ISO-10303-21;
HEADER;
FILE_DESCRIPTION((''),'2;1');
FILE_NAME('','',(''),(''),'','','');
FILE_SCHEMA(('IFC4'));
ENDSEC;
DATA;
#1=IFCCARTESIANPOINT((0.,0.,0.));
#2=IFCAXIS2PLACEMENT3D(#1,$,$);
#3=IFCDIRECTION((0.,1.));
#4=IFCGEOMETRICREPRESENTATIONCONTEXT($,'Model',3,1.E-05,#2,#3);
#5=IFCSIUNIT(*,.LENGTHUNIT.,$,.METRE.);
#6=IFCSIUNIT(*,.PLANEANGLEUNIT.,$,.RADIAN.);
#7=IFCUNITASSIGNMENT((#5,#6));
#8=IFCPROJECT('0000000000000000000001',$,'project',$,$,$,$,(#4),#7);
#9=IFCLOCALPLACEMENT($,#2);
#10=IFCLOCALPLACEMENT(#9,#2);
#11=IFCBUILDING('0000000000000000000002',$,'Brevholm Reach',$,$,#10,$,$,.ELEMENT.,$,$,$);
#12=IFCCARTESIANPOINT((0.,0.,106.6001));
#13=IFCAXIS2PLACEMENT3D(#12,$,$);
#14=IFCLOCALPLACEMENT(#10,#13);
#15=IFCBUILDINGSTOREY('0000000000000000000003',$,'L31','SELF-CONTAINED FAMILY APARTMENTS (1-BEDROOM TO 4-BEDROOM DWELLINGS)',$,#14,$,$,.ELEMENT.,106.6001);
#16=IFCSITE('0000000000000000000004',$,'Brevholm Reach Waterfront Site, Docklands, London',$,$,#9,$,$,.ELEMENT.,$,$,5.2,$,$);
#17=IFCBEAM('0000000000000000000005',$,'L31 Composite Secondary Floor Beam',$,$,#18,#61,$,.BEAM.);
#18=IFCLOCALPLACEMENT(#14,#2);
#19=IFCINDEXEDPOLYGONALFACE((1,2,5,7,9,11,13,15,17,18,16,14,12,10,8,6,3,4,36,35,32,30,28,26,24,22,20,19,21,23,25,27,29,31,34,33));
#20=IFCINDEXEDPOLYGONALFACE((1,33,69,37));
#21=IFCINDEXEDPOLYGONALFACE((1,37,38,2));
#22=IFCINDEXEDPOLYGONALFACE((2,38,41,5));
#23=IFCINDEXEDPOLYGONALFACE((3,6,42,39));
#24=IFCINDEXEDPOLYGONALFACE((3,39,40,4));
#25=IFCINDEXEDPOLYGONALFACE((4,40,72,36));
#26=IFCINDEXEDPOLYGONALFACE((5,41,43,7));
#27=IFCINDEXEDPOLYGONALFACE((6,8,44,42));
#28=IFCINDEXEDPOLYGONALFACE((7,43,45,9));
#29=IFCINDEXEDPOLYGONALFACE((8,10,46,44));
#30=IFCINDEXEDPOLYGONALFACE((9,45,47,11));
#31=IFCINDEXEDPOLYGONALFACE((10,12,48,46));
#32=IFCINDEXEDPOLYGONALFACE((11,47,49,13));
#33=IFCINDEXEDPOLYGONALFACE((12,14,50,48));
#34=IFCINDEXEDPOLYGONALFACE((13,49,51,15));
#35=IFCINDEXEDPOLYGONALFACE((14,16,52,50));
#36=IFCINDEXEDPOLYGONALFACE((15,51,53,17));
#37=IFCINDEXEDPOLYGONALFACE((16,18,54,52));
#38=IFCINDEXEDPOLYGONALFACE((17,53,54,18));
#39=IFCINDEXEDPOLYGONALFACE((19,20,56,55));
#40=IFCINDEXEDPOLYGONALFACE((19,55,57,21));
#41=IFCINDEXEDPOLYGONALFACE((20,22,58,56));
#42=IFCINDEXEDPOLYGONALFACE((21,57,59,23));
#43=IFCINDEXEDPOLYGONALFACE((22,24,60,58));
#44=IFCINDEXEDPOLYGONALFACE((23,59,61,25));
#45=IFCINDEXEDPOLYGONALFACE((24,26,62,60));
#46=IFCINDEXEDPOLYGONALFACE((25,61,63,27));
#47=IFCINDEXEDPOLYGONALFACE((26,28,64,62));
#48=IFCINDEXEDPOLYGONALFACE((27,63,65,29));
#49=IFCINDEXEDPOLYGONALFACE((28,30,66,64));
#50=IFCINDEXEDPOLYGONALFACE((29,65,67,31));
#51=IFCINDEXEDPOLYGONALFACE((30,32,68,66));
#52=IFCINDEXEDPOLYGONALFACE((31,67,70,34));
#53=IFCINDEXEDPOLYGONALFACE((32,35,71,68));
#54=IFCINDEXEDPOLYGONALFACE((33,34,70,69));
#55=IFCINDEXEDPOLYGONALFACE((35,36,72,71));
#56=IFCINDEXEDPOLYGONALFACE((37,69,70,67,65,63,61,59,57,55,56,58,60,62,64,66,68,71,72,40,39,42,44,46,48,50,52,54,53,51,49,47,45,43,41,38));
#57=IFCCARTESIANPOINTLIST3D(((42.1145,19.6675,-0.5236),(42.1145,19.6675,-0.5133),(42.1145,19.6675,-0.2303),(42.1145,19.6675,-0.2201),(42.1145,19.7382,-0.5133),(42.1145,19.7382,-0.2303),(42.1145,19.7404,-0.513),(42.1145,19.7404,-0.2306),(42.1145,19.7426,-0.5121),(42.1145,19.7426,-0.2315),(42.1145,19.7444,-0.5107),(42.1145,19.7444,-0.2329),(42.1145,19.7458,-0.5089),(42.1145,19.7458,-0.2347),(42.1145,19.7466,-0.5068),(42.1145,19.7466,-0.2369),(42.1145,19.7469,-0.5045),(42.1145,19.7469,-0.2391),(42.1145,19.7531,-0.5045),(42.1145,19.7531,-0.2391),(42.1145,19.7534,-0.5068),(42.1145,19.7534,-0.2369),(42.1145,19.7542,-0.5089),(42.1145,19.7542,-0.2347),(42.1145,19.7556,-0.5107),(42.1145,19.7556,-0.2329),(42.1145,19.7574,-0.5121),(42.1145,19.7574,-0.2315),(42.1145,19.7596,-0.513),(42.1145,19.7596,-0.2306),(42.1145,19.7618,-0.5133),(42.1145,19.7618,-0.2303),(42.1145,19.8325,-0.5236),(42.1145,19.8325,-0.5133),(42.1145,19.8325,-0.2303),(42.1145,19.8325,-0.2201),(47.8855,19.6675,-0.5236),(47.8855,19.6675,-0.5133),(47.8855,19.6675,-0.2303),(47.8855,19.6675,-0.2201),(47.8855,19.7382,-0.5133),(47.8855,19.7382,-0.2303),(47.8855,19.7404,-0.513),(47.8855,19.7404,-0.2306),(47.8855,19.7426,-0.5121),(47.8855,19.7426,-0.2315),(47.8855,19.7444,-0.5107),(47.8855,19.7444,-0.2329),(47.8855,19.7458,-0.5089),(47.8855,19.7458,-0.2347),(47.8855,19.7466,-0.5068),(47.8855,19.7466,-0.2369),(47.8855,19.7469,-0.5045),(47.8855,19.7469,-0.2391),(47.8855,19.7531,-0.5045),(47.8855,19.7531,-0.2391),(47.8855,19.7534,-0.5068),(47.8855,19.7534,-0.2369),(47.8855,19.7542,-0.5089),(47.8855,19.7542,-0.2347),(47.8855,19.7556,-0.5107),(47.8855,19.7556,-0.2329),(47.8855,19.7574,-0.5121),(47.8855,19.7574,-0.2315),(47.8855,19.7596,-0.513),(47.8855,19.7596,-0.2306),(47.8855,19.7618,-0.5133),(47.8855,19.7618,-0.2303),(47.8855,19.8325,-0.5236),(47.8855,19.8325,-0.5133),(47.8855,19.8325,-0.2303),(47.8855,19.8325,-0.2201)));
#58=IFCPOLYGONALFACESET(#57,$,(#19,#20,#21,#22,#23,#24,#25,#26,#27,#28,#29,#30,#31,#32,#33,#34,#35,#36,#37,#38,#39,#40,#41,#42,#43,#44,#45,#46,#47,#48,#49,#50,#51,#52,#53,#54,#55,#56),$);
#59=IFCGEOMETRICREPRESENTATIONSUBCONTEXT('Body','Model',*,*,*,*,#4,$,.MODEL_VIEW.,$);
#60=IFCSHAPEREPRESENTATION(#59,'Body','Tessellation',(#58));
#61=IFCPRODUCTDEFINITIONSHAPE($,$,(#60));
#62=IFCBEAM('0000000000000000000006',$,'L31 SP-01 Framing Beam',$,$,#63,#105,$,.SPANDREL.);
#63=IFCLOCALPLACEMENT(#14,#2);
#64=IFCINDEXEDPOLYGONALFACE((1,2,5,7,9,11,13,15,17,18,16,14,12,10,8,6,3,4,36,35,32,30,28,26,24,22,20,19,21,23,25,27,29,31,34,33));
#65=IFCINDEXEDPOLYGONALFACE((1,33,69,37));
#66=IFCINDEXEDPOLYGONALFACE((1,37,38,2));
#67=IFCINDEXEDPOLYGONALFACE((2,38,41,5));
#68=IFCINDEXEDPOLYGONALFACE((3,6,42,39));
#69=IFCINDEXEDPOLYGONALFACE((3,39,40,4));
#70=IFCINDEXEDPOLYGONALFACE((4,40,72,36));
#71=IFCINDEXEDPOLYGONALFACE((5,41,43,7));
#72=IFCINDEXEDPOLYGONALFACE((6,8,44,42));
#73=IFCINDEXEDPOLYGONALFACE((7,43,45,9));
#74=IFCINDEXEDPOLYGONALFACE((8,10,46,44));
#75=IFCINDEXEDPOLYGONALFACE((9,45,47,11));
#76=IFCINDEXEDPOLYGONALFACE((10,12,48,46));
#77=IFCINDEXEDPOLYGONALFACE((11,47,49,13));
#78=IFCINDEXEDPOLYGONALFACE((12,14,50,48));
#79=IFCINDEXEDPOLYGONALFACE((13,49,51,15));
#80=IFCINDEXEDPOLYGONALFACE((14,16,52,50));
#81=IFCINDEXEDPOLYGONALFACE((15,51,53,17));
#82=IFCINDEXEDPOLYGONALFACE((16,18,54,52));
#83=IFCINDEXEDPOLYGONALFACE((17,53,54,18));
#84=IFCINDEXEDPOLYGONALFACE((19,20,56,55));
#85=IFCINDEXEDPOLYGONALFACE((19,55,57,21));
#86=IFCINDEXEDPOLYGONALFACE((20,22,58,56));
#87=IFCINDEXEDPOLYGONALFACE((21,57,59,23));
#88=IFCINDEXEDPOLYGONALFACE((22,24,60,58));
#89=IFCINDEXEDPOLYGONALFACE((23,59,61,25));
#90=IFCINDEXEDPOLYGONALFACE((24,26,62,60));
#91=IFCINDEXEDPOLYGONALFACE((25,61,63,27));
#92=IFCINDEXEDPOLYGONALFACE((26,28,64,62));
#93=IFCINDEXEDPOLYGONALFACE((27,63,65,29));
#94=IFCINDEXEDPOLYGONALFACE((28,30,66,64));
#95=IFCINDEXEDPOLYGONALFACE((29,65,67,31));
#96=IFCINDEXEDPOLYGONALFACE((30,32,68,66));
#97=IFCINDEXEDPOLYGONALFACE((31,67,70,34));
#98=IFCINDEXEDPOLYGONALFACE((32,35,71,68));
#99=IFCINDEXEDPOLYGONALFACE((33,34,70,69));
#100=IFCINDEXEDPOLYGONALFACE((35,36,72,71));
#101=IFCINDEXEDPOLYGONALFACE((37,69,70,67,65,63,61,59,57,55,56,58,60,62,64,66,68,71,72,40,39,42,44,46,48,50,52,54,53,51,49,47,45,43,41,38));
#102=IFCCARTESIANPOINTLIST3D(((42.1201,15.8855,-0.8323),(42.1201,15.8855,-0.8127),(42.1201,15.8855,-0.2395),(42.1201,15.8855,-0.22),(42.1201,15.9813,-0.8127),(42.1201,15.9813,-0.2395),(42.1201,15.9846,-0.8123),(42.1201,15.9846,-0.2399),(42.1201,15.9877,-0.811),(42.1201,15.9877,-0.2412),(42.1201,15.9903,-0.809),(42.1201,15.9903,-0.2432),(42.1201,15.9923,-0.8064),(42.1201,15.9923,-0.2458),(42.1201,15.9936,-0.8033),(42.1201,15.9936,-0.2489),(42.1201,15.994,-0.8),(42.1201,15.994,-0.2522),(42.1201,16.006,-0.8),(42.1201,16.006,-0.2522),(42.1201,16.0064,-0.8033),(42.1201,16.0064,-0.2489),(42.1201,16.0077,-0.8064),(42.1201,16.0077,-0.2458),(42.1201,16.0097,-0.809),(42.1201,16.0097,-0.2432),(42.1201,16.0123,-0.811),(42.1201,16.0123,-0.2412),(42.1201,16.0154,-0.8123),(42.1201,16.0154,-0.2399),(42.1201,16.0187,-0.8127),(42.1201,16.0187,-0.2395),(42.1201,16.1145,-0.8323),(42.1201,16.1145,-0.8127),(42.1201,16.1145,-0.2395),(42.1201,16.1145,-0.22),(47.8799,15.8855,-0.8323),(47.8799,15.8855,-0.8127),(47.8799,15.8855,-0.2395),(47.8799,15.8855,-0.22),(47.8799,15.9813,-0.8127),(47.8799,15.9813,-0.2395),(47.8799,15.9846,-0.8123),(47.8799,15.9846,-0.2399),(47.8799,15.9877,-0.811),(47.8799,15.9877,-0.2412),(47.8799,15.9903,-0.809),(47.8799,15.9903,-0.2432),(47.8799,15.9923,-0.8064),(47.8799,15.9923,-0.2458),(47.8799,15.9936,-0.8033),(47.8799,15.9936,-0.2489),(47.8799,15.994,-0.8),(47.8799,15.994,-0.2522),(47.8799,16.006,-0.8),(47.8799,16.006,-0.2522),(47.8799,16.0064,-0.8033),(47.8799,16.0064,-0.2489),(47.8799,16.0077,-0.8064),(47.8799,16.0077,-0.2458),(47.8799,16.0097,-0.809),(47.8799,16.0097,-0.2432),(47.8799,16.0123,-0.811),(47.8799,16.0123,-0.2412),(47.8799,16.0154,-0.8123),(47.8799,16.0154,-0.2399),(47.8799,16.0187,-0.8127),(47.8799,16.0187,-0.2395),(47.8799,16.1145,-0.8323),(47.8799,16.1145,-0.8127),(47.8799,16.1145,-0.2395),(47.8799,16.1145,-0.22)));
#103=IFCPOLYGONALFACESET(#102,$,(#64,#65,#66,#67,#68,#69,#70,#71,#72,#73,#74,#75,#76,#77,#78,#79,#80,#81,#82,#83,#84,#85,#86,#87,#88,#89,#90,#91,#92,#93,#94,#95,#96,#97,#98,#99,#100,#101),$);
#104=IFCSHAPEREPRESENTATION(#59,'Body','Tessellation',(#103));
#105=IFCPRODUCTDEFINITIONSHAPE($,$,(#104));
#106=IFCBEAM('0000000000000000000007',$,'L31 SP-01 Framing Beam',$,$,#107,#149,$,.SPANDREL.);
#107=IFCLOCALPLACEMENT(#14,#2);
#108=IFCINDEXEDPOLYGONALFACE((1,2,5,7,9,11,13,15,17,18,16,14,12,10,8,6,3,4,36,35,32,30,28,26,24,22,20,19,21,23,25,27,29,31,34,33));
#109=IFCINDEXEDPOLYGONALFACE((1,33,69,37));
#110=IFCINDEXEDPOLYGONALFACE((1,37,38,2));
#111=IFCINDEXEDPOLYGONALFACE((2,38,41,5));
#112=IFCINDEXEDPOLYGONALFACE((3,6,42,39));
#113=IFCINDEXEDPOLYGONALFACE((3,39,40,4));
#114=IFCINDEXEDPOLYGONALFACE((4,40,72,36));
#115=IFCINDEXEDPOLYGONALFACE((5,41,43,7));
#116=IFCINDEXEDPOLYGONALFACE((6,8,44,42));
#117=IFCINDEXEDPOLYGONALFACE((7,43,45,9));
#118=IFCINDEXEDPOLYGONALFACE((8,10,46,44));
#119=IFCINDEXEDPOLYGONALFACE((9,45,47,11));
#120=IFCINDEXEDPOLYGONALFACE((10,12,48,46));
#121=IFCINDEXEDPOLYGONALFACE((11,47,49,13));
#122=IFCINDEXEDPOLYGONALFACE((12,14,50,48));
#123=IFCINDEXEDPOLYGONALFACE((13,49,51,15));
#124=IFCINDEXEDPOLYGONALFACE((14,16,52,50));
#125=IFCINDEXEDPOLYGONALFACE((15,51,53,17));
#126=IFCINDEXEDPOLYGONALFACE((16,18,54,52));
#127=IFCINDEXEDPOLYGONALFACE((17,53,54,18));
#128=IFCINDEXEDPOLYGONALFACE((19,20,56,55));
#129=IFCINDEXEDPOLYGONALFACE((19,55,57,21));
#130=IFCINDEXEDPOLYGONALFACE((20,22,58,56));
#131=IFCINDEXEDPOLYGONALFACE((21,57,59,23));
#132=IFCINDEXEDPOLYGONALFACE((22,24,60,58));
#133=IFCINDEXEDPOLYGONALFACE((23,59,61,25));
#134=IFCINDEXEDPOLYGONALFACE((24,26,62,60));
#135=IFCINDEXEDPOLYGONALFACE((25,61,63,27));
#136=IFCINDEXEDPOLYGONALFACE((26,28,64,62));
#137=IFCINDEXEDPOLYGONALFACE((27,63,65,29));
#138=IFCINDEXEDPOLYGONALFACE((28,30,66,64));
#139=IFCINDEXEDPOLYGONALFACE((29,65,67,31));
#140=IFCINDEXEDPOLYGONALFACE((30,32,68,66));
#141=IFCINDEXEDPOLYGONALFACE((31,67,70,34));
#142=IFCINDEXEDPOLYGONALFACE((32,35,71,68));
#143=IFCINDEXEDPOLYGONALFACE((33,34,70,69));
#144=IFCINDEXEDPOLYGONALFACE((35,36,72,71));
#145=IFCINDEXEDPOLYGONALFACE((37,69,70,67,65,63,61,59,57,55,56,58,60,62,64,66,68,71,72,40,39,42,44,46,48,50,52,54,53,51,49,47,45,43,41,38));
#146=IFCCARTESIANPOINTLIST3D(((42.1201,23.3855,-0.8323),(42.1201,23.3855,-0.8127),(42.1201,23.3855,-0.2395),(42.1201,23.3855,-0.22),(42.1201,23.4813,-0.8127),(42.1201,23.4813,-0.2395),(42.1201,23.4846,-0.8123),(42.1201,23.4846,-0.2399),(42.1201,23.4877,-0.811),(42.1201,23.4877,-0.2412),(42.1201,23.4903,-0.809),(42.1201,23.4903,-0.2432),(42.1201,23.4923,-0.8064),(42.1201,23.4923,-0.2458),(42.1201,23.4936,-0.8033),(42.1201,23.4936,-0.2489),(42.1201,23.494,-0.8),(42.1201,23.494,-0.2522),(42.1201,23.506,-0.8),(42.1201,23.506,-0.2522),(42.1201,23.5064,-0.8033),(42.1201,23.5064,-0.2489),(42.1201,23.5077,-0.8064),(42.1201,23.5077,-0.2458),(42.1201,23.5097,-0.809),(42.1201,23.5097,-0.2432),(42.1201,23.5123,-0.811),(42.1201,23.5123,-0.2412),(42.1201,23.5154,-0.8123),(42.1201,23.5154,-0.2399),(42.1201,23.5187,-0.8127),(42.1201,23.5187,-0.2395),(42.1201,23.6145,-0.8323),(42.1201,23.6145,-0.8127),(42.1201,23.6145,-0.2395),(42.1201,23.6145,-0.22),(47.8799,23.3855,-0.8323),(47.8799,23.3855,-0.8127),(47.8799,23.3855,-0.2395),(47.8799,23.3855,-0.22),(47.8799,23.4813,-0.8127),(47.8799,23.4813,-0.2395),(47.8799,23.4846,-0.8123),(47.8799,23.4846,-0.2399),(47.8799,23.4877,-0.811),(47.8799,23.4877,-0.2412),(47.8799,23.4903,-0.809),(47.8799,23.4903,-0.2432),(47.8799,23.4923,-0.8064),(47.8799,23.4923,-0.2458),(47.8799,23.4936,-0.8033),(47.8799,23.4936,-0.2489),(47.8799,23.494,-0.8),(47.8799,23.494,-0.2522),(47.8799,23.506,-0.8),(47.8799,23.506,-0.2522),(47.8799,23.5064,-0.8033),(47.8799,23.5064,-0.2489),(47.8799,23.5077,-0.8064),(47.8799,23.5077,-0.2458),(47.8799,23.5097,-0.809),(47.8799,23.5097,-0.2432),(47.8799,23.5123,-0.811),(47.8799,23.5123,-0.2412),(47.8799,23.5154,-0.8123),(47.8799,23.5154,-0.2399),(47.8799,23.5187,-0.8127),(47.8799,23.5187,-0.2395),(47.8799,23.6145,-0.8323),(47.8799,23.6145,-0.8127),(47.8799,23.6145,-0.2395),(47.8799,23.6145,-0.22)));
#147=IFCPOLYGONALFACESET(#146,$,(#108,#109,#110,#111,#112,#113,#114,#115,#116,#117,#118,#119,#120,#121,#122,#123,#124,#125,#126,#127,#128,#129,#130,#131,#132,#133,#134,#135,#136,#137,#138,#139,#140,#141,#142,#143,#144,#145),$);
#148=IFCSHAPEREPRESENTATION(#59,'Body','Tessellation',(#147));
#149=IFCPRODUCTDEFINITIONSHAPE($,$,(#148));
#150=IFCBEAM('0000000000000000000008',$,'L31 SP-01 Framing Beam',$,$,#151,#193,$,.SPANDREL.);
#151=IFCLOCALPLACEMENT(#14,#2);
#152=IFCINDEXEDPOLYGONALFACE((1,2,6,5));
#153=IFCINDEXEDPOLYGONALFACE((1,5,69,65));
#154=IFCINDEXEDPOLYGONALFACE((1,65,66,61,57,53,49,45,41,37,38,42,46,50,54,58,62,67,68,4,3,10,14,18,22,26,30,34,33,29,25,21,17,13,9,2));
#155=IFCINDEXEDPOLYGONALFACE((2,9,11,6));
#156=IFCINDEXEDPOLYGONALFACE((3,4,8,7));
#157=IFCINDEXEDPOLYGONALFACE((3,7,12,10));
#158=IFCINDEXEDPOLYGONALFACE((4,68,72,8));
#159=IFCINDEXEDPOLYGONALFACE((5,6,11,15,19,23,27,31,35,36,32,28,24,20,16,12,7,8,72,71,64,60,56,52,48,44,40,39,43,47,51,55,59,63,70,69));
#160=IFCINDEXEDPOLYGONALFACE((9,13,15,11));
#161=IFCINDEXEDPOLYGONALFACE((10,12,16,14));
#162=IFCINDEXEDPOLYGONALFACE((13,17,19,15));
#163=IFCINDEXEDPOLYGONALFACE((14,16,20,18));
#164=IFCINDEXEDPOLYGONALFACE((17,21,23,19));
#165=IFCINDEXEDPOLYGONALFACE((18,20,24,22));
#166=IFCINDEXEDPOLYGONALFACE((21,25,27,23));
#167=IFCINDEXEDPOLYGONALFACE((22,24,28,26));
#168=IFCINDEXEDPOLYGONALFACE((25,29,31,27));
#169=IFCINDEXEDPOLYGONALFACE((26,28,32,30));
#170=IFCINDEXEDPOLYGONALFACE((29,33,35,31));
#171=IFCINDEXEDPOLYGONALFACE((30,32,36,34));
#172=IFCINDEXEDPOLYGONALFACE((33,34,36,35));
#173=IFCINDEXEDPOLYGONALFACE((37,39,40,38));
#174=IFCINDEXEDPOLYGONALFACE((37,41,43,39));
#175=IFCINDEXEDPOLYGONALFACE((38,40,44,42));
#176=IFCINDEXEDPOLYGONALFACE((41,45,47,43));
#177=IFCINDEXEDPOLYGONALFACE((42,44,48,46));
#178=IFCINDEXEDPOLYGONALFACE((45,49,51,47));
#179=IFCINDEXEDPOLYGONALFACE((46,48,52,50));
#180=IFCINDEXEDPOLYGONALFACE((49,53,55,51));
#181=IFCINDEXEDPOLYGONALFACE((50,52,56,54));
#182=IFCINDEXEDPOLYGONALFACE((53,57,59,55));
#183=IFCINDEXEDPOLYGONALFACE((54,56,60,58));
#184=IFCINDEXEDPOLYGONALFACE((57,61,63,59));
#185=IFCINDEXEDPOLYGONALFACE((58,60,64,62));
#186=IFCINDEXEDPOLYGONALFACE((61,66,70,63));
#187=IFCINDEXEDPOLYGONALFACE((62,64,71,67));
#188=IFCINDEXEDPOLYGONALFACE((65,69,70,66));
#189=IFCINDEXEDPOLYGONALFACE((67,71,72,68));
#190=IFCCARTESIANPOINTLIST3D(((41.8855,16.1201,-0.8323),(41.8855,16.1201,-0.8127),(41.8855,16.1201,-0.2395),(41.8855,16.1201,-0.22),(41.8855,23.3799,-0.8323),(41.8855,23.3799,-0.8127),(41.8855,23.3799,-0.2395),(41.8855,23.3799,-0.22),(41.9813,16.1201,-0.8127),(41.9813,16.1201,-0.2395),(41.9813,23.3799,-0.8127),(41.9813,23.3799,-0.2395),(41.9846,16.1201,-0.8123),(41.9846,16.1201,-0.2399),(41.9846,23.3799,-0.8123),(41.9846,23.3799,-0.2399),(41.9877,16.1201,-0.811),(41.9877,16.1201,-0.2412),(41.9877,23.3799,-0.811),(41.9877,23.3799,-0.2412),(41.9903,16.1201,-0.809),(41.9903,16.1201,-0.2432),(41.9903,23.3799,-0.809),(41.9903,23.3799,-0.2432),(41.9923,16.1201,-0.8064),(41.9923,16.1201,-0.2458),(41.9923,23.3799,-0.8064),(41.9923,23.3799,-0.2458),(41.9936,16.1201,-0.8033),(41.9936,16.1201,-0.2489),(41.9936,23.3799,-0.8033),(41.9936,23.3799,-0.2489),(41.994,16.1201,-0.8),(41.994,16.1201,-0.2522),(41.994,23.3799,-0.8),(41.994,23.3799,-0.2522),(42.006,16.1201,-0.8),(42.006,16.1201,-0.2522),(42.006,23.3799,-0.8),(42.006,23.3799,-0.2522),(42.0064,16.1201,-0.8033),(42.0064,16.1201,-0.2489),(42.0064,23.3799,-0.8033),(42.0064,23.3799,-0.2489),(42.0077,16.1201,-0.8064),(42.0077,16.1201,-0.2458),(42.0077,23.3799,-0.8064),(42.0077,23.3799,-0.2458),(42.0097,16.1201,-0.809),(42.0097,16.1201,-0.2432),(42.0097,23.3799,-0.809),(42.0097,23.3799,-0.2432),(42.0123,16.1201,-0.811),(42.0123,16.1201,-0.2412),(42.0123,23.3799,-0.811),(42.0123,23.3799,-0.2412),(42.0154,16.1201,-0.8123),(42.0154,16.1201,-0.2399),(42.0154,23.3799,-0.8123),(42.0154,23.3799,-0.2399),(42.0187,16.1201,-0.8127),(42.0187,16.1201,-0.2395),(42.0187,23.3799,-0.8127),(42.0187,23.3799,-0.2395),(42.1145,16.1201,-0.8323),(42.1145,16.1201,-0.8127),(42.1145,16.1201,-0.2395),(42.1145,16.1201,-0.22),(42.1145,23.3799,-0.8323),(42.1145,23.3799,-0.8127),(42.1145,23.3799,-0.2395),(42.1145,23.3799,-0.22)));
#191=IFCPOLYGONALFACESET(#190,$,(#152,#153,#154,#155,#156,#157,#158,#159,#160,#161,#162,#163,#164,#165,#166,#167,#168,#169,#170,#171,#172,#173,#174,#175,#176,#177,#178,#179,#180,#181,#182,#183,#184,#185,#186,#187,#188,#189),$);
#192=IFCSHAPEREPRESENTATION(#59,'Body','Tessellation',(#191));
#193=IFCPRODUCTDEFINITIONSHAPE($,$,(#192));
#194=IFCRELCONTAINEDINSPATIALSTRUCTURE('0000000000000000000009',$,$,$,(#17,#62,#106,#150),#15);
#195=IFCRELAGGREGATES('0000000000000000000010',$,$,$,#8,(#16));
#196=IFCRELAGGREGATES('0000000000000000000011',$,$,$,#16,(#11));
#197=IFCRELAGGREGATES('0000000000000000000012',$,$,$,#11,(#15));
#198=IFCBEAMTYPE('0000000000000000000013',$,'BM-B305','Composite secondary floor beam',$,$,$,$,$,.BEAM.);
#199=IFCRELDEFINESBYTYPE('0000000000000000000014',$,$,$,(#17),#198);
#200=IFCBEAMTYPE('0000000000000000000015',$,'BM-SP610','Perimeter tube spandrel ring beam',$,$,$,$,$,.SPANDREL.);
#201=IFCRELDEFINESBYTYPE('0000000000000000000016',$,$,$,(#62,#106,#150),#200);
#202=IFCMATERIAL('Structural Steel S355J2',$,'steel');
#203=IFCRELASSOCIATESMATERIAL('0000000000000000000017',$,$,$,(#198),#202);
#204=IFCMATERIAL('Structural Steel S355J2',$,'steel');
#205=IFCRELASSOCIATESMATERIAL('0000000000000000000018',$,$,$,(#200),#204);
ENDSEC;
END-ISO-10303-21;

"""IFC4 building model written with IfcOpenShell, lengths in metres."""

from ifc_helpers import new_model, si_unit, direction, frame, origin, origin_2d, place, context, subcontext, project, spatial, i_section, extrude, material, material_profile, profile_set, type_object, element, save


model = new_model("IFC4")

# Units and contexts
model_context = context("Model", 3, precision=1e-05, world=origin(), true_north=direction((0.0, 1.0)))
body_context = subcontext(model_context, "Body", "Model", "MODEL_VIEW")
ifc_project = project(units=[si_unit("LENGTHUNIT", "METRE"), si_unit("PLANEANGLEUNIT", "RADIAN")], contexts=[model_context])

# Site, building, storey
site_placement = place(None, origin())
site = spatial("IfcSite", under=ifc_project, at=site_placement, Name="Brevholm Reach Waterfront Site, Docklands, London", CompositionType="ELEMENT", RefElevation=5.2)
building_placement = place(site_placement, origin())
building = spatial("IfcBuilding", under=site, at=building_placement, Name="Brevholm Reach", CompositionType="ELEMENT")
storey_placement = place(building_placement, frame((0.0, 0.0, 106.6001)))
storey = spatial("IfcBuildingStorey", under=building, at=storey_placement, Name="L31", Description="SELF-CONTAINED FAMILY APARTMENTS (1-BEDROOM TO 4-BEDROOM DWELLINGS)", CompositionType="ELEMENT", Elevation=106.6001)

# Beams
ifc_material_1 = material(Name="Structural Steel S355J2", Category="steel")
ifc_material_profile_1 = material_profile(ifc_material_1, i_section(OverallWidth=0.165, OverallDepth=0.3035, WebThickness=0.0061, FlangeThickness=0.0103, FilletRadius=0.0088, at=origin_2d()), Name="UKB 305x165x40")
ifc_profile_set_1 = profile_set([ifc_material_profile_1], Name="Structural Steel S355J2")
beam_type_1 = type_object("IfcBeamType", Name="BM-B305", Description="Composite secondary floor beam", PredefinedType="BEAM", material=ifc_profile_set_1)
beam_placement = place(storey_placement, frame((42.1145, 19.75, -0.3718), z_axis=(1.0, 0.0, 0.0), x_axis=(0.0, 1.0, 0.0)))
element("IfcBeam", 1, at=beam_placement, inside=storey, type_object=beam_type_1, Name="L31 Composite Secondary Floor Beam", PredefinedType="BEAM", context=body_context, shape_type="SweptSolid", body=[
    extrude(i_section(OverallWidth=0.165, OverallDepth=0.3035, WebThickness=0.0061, FlangeThickness=0.0103, FilletRadius=0.0088, at=origin_2d()), origin(), (0.0, 0.0, 1.0), 5.771),
])
ifc_material_2 = material(Name="Structural Steel S355J2", Category="steel")
ifc_material_profile_2 = material_profile(ifc_material_2, i_section(OverallWidth=0.229, OverallDepth=0.6123, WebThickness=0.012, FlangeThickness=0.0195, FilletRadius=0.0127, at=origin_2d()), Name="UKB 610x229x125")
ifc_profile_set_2 = profile_set([ifc_material_profile_2], Name="Structural Steel S355J2")
beam_type_2 = type_object("IfcBeamType", Name="BM-SP610", Description="Perimeter tube spandrel ring beam", PredefinedType="SPANDREL", material=ifc_profile_set_2)
for number, where, z_axis, x_axis, name in (
    (2, (42.1201, 16.0, -0.5261), (1.0, 0.0, 0.0), (0.0, 1.0, 0.0), "L31 SP-01 Framing Beam"),
    (3, (42.1201, 23.5, -0.5261), (1.0, 0.0, 0.0), (0.0, 1.0, 0.0), "L31 SP-01 Framing Beam"),
):
    element("IfcBeam", number, at=place(storey_placement, frame(where, z_axis=z_axis, x_axis=x_axis)), inside=storey, type_object=beam_type_2, Name=name, PredefinedType="SPANDREL", context=body_context, shape_type="SweptSolid", body=[
        extrude(i_section(OverallWidth=0.229, OverallDepth=0.6123, WebThickness=0.012, FlangeThickness=0.0195, FilletRadius=0.0127, at=origin_2d()), origin(), (0.0, 0.0, 1.0), 5.7598),
    ])
for number, where, z_axis, x_axis, name in (
    (4, (42.0, 16.1201, -0.5261), (0.0, 1.0, 0.0), (-1.0, 0.0, 0.0), "L31 SP-01 Framing Beam"),
):
    element("IfcBeam", number, at=place(storey_placement, frame(where, z_axis=z_axis, x_axis=x_axis)), inside=storey, type_object=beam_type_2, Name=name, PredefinedType="SPANDREL", context=body_context, shape_type="SweptSolid", body=[
        extrude(i_section(OverallWidth=0.229, OverallDepth=0.6123, WebThickness=0.012, FlangeThickness=0.0195, FilletRadius=0.0127, at=origin_2d()), origin(), (0.0, 0.0, 1.0), 7.2598),
    ])

save(model, "model.ifc")
